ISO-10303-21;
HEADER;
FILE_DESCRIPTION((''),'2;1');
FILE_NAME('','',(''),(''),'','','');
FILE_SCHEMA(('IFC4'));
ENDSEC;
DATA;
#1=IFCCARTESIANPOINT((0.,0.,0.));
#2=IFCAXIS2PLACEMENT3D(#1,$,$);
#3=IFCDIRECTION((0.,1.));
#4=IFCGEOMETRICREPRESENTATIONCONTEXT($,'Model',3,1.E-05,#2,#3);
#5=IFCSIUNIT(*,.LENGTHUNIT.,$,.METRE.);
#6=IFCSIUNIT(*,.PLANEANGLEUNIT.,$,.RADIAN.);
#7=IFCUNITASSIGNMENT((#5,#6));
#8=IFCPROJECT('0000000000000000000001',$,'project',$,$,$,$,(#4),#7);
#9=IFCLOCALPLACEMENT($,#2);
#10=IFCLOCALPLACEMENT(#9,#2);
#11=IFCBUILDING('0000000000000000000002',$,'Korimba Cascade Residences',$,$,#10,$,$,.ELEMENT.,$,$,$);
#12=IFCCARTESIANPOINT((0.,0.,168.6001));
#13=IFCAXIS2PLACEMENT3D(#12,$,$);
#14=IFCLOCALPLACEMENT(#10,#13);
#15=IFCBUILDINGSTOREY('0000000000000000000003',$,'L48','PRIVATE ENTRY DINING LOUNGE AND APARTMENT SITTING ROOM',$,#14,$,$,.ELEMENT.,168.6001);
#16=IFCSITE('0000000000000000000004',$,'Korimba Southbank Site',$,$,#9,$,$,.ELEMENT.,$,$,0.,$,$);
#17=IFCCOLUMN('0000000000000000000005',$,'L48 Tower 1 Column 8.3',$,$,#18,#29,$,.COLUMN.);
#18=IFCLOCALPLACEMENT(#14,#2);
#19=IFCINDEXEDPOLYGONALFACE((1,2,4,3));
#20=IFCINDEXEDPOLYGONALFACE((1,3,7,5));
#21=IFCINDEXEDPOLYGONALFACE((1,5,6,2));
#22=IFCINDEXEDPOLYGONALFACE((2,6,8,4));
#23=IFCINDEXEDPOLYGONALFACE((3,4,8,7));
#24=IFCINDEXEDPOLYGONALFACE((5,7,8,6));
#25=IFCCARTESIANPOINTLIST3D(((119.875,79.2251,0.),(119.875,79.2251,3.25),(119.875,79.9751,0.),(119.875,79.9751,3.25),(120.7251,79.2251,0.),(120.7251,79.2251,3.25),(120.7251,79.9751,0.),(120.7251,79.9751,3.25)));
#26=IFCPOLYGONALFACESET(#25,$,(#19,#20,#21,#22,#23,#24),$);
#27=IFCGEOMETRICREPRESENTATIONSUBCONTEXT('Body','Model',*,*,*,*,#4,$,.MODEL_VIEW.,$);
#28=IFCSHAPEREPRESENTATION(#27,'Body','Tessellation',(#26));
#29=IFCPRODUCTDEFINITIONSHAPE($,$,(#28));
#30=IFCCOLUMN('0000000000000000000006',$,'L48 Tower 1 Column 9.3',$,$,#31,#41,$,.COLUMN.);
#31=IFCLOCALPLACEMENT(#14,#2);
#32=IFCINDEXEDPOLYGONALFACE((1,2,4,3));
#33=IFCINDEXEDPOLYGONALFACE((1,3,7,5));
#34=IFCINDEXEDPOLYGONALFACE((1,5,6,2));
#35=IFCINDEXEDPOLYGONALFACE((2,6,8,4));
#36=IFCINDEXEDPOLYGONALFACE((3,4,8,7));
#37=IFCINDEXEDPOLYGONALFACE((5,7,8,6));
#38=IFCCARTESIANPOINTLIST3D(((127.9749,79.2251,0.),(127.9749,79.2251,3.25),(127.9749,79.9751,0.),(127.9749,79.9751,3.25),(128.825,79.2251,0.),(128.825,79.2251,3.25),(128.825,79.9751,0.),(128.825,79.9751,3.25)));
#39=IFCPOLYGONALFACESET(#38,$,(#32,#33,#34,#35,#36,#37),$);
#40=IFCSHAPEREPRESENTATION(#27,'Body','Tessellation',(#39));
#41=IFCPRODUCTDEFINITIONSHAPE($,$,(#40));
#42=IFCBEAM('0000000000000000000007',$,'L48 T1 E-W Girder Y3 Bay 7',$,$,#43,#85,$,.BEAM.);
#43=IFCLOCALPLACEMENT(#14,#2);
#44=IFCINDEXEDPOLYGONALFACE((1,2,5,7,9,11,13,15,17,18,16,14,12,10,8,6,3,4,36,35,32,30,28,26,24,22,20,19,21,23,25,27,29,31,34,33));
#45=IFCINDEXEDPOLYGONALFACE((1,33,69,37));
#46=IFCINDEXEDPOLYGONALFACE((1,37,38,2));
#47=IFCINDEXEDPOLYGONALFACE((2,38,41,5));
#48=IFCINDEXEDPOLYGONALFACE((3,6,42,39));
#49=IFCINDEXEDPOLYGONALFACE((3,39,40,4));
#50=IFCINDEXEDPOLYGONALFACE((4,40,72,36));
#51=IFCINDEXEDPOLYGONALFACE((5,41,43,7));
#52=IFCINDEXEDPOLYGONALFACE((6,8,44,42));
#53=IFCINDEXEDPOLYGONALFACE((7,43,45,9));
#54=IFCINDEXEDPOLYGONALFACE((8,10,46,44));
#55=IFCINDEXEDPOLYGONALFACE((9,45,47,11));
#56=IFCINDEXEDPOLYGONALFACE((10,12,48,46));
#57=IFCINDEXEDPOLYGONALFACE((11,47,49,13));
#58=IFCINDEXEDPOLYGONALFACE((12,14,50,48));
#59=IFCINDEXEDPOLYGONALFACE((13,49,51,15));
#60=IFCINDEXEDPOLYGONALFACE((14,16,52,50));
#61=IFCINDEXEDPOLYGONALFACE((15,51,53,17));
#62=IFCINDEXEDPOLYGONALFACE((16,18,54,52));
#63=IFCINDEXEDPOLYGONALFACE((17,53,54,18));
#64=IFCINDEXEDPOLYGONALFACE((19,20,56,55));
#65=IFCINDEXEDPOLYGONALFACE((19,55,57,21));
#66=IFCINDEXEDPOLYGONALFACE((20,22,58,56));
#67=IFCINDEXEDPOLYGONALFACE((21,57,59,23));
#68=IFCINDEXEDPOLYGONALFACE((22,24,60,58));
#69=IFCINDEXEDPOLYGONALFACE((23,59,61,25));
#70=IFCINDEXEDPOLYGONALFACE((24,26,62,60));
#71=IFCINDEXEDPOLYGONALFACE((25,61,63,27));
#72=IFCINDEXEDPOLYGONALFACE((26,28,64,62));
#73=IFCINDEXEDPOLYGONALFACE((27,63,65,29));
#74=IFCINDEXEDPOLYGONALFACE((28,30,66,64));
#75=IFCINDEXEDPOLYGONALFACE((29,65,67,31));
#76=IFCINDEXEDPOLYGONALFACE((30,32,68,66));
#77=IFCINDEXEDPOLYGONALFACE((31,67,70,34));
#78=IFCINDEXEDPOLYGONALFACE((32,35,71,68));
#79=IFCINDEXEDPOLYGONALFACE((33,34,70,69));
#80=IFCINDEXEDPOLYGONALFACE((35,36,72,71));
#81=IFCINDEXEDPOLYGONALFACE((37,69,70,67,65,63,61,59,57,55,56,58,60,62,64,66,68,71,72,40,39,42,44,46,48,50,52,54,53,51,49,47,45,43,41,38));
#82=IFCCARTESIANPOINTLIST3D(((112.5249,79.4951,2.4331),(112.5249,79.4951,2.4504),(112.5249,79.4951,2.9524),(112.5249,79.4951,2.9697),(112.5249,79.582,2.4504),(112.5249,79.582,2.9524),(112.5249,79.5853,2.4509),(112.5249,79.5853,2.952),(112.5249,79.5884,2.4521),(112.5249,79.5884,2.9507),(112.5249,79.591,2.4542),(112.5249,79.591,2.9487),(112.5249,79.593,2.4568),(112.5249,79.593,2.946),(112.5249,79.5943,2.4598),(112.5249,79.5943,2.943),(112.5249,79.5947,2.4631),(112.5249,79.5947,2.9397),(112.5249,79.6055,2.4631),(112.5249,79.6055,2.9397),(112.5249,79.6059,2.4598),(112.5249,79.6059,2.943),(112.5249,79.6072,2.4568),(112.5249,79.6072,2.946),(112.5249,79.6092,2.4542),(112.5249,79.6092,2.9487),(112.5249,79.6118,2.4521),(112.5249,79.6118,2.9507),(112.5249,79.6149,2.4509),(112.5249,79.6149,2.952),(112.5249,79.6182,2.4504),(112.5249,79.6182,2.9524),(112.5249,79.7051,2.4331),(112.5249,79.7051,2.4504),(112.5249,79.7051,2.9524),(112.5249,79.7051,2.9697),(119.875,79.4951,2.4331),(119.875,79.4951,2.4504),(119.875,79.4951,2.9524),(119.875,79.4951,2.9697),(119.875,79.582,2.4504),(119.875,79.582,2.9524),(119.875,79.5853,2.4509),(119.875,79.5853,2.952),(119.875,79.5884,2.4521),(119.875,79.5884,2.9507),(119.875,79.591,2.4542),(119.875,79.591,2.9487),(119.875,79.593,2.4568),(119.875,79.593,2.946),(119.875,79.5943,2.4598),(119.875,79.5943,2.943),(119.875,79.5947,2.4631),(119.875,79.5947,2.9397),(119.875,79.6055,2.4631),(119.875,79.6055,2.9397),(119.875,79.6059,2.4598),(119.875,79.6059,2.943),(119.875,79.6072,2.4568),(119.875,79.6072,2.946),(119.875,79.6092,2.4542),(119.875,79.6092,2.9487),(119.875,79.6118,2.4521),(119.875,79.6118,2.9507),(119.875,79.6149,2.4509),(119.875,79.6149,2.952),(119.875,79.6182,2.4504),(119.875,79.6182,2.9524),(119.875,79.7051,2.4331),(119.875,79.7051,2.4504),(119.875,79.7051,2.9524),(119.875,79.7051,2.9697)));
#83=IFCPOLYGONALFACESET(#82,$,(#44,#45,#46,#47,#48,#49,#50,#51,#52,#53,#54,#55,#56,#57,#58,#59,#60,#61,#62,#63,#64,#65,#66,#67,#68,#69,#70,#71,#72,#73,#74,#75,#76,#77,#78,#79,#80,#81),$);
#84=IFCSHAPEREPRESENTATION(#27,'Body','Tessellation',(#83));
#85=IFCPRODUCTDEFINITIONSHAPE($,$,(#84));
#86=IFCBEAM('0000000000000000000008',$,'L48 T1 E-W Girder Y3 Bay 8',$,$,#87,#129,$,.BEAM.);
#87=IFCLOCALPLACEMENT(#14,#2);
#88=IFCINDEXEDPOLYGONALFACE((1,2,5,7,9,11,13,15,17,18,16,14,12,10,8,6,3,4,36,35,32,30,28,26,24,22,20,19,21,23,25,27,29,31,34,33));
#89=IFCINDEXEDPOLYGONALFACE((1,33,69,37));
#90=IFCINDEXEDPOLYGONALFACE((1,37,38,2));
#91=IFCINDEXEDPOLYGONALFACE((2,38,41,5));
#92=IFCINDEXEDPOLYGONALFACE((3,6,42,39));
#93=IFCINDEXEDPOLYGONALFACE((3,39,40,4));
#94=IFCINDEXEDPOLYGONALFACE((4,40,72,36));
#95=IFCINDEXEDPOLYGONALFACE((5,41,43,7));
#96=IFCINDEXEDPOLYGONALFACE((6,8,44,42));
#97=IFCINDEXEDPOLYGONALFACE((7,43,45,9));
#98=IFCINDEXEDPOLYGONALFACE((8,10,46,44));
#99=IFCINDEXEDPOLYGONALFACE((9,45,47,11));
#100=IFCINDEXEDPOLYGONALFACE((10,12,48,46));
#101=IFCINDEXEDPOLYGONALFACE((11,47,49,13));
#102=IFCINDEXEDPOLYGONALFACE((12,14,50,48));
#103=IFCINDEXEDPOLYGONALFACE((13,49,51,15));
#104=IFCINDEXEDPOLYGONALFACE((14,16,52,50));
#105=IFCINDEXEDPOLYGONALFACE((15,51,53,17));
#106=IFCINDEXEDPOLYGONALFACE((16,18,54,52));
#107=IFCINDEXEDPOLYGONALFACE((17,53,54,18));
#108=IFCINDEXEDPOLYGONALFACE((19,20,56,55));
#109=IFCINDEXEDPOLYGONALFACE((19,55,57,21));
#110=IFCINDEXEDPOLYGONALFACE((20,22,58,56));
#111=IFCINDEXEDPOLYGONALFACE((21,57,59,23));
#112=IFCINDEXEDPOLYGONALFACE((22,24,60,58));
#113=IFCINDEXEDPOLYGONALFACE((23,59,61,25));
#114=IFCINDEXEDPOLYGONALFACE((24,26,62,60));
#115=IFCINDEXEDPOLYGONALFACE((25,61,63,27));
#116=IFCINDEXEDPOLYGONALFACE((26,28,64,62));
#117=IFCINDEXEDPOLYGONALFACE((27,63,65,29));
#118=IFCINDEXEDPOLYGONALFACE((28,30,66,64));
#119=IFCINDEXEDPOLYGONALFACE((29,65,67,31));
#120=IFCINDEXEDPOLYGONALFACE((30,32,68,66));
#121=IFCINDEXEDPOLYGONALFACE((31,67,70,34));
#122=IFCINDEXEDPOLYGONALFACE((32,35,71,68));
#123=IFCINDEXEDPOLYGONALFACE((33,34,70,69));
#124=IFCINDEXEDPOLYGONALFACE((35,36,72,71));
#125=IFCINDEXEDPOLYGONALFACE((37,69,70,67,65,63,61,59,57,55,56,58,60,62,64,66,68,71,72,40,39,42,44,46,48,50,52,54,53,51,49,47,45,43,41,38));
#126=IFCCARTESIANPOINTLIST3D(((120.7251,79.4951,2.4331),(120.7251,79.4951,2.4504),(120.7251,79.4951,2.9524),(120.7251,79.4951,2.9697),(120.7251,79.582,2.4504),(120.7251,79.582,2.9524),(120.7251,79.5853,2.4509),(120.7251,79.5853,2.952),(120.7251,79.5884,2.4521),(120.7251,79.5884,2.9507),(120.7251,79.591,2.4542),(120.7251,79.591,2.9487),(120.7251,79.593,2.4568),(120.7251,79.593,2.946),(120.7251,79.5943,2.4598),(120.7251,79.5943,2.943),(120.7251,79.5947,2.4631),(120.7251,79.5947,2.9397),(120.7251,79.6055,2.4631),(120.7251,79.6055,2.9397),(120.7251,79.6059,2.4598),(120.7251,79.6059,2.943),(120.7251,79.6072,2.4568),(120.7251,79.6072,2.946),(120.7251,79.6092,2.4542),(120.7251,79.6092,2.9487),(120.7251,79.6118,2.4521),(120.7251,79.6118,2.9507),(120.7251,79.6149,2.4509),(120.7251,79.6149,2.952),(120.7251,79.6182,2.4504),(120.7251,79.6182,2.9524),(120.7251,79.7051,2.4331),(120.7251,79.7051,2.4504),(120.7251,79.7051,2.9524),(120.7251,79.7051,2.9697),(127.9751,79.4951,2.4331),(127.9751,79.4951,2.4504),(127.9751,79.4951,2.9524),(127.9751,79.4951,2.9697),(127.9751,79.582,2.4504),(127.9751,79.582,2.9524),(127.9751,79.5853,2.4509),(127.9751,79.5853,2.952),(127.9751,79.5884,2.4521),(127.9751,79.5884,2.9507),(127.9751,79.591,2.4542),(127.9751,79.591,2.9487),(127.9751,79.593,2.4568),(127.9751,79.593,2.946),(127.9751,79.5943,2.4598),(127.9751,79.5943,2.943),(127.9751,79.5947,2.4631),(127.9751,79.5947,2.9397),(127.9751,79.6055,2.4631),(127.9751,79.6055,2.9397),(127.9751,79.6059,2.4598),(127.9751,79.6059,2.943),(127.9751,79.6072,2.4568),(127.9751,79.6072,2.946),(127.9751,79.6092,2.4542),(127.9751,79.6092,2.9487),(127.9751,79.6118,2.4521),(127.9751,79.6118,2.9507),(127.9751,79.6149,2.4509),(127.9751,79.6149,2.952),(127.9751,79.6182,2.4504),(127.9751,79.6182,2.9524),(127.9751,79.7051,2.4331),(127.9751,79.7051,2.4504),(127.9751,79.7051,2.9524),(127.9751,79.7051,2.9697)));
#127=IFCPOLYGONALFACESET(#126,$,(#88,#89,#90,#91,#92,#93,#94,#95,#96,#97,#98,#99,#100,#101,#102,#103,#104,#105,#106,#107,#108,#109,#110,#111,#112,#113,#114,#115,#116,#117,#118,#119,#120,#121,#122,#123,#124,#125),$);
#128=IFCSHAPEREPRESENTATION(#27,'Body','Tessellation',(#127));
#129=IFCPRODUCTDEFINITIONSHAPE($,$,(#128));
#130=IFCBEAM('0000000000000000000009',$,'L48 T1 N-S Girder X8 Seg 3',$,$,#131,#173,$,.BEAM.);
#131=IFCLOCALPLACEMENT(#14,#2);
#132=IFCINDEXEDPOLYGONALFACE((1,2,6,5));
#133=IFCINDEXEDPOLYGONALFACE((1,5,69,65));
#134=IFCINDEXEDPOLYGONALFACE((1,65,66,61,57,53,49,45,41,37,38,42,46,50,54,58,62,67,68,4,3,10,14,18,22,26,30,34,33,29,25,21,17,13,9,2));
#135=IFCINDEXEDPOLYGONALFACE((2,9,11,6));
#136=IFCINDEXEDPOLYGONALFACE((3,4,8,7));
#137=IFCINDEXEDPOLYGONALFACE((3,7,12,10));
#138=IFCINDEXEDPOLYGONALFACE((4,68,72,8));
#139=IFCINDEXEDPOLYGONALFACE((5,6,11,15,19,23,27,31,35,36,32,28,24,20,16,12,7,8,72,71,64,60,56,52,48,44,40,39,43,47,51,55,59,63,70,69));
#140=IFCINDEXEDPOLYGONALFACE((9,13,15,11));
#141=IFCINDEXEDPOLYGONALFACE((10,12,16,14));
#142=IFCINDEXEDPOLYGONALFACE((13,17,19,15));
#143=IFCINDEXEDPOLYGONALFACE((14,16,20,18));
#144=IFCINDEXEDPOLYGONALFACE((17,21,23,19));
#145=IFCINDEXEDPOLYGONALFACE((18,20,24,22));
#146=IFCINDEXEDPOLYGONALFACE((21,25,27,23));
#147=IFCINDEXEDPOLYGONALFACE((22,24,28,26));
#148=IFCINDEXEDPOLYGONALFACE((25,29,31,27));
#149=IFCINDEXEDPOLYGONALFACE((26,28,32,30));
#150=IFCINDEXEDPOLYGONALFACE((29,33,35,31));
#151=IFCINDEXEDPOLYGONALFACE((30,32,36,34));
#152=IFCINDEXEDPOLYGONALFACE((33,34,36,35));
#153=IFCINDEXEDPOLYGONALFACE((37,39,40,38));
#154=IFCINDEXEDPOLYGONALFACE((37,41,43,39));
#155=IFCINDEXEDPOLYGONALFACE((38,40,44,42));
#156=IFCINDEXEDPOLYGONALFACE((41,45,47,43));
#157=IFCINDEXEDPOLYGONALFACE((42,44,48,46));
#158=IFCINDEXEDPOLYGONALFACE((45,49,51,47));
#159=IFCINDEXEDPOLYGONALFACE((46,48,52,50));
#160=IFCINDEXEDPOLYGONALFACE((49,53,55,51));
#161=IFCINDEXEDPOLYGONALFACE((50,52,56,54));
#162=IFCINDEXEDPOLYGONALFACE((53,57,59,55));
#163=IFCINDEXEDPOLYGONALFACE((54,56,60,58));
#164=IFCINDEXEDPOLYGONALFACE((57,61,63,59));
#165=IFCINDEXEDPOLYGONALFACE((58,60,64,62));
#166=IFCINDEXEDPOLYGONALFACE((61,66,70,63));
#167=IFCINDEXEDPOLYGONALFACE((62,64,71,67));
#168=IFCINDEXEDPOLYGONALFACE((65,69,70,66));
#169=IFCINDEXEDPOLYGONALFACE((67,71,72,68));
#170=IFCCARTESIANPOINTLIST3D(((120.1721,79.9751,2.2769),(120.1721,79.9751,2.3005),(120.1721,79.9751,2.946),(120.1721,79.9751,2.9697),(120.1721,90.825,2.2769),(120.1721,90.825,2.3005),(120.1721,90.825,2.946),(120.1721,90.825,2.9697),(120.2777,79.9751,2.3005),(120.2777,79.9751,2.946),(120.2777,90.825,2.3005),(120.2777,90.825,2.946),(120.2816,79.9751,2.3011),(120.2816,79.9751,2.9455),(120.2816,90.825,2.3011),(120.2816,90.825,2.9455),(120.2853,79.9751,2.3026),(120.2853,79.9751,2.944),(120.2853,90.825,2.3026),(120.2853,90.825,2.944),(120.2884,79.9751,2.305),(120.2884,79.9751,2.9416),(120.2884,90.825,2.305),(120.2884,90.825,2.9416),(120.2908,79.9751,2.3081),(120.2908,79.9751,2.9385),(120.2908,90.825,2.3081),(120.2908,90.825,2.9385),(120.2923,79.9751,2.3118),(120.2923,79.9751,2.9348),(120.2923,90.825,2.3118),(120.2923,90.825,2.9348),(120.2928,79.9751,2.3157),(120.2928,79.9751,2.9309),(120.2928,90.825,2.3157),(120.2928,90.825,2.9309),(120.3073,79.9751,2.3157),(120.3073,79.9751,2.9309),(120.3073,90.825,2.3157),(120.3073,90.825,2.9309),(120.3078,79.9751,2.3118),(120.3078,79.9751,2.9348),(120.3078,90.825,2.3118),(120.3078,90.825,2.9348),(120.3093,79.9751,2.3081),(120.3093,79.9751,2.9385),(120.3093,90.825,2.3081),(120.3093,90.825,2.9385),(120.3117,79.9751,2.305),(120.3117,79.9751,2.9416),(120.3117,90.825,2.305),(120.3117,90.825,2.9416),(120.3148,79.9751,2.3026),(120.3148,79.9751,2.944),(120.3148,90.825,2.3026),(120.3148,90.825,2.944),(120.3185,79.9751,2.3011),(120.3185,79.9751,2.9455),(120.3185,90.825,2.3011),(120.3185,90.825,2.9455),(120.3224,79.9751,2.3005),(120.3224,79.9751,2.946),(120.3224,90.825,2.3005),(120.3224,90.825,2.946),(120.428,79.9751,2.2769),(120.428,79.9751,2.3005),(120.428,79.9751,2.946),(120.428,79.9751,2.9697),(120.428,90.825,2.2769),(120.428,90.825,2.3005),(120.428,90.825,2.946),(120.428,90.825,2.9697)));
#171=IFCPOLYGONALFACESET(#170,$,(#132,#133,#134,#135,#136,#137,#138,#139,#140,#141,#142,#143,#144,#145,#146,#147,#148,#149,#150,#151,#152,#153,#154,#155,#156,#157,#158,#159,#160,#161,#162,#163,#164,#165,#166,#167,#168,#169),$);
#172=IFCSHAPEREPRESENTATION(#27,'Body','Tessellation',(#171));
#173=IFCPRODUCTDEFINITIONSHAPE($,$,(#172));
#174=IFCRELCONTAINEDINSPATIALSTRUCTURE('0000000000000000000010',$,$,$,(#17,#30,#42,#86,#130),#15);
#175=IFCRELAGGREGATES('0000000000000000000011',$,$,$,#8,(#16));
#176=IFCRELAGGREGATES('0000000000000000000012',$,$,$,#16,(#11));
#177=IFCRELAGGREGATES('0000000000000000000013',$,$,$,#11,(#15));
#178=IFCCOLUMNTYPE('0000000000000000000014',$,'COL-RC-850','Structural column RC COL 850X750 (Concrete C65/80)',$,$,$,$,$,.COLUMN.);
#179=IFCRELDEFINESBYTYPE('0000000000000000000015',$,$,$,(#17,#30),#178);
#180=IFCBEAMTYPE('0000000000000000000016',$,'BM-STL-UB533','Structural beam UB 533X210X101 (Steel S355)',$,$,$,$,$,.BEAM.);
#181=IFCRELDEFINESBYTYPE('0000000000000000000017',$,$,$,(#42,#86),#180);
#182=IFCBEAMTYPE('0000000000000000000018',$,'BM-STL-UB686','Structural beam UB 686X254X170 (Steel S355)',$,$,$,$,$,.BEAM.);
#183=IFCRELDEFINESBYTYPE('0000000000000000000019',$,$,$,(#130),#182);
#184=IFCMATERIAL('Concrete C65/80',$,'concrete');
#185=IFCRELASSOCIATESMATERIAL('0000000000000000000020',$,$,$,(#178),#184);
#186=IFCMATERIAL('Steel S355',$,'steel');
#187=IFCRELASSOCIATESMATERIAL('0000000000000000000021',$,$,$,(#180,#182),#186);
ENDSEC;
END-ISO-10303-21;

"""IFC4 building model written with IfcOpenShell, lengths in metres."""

from ifc_helpers import new_model, si_unit, direction, frame, origin, origin_2d, place, context, subcontext, project, spatial, rectangle, i_section, extrude, material, material_profile, profile_set, type_object, element, save


model = new_model("IFC4")

# Units and contexts
model_context = context("Model", 3, precision=1e-05, world=origin(), true_north=direction((0.0, 1.0)))
body_context = subcontext(model_context, "Body", "Model", "MODEL_VIEW")
ifc_project = project(units=[si_unit("LENGTHUNIT", "METRE"), si_unit("PLANEANGLEUNIT", "RADIAN")], contexts=[model_context])

# Site, building, storey
site_placement = place(None, origin())
site = spatial("IfcSite", under=ifc_project, at=site_placement, Name="Korimba Southbank Site", CompositionType="ELEMENT", RefElevation=0.0)
building_placement = place(site_placement, origin())
building = spatial("IfcBuilding", under=site, at=building_placement, Name="Korimba Cascade Residences", CompositionType="ELEMENT")
storey_placement = place(building_placement, frame((0.0, 0.0, 168.6001)))
storey = spatial("IfcBuildingStorey", under=building, at=storey_placement, Name="L48", Description="PRIVATE ENTRY DINING LOUNGE AND APARTMENT SITTING ROOM", CompositionType="ELEMENT", Elevation=168.6001)

# Columns
ifc_material_1 = material(Name="Concrete C65/80", Category="concrete")
ifc_material_profile_1 = material_profile(ifc_material_1, rectangle(XDim=0.8501, YDim=0.75, at=origin_2d()), Name="Concrete C65/80")
ifc_profile_set_1 = profile_set([ifc_material_profile_1], Name="Concrete C65/80")
column_type = type_object("IfcColumnType", Name="COL-RC-850", Description="Structural column RC COL 850X750 (Concrete C65/80)", PredefinedType="COLUMN", material=ifc_profile_set_1)
for number, where, z_axis, x_axis, name in (
    (1, (120.3, 79.6001, 0.0), (0.0, 0.0, 1.0), (1.0, 0.0, 0.0), "L48 Tower 1 Column 8.3"),
    (2, (128.3999, 79.6001, 0.0), (0.0, 0.0, 1.0), (1.0, 0.0, 0.0), "L48 Tower 1 Column 9.3"),
):
    element("IfcColumn", number, at=place(storey_placement, frame(where, z_axis=z_axis, x_axis=x_axis)), inside=storey, type_object=column_type, Name=name, PredefinedType="COLUMN", context=body_context, shape_type="SweptSolid", body=[
        extrude(rectangle(XDim=0.8501, YDim=0.75, at=origin_2d()), origin(), (0.0, 0.0, 1.0), 3.25),
    ])

# Beams
ifc_material_2 = material(Name="Steel S355", Category="steel")
ifc_material_profile_2 = material_profile(ifc_material_2, i_section(OverallWidth=0.21, OverallDepth=0.5366, WebThickness=0.0107, FlangeThickness=0.0173, FilletRadius=0.0127, at=origin_2d()), Name="Steel S355")
ifc_profile_set_2 = profile_set([ifc_material_profile_2], Name="Steel S355")
beam_type_1 = type_object("IfcBeamType", Name="BM-STL-UB533", Description="Structural beam UB 533X210X101 (Steel S355)", PredefinedType="BEAM", material=ifc_profile_set_2)
beam_1_placement = place(storey_placement, frame((112.5249, 79.6001, 2.7014), z_axis=(1.0, 0.0, 0.0), x_axis=(0.0, 1.0, 0.0)))
element("IfcBeam", 3, at=beam_1_placement, inside=storey, type_object=beam_type_1, Name="L48 T1 E-W Girder Y3 Bay 7", PredefinedType="BEAM", context=body_context, shape_type="SweptSolid", body=[
    extrude(i_section(OverallWidth=0.21, OverallDepth=0.5366, WebThickness=0.0107, FlangeThickness=0.0173, FilletRadius=0.0127, at=origin_2d()), origin(), (0.0, 0.0, 1.0), 7.3501),
])
beam_2_placement = place(storey_placement, frame((120.7251, 79.6001, 2.7014), z_axis=(1.0, 0.0, 0.0), x_axis=(0.0, 1.0, 0.0)))
element("IfcBeam", 4, at=beam_2_placement, inside=storey, type_object=beam_type_1, Name="L48 T1 E-W Girder Y3 Bay 8", PredefinedType="BEAM", context=body_context, shape_type="SweptSolid", body=[
    extrude(i_section(OverallWidth=0.21, OverallDepth=0.5366, WebThickness=0.0107, FlangeThickness=0.0173, FilletRadius=0.0127, at=origin_2d()), origin(), (0.0, 0.0, 1.0), 7.25),
])
ifc_material_profile_3 = material_profile(ifc_material_2, i_section(OverallWidth=0.2559, OverallDepth=0.6929, WebThickness=0.0144, FlangeThickness=0.0237, FilletRadius=0.0151, at=origin_2d()), Name="Steel S355")
ifc_profile_set_3 = profile_set([ifc_material_profile_3], Name="Steel S355")
beam_type_2 = type_object("IfcBeamType", Name="BM-STL-UB686", Description="Structural beam UB 686X254X170 (Steel S355)", PredefinedType="BEAM", material=ifc_profile_set_3)
for number, where, z_axis, x_axis, name in (
    (5, (120.3, 79.9751, 2.6233), (0.0, 1.0, 0.0), (-1.0, 0.0, 0.0), "L48 T1 N-S Girder X8 Seg 3"),
):
    element("IfcBeam", number, at=place(storey_placement, frame(where, z_axis=z_axis, x_axis=x_axis)), inside=storey, type_object=beam_type_2, Name=name, PredefinedType="BEAM", context=body_context, shape_type="SweptSolid", body=[
        extrude(i_section(OverallWidth=0.2559, OverallDepth=0.6929, WebThickness=0.0144, FlangeThickness=0.0237, FilletRadius=0.0151, at=origin_2d()), origin(), (0.0, 0.0, 1.0), 10.8499),
    ])

save(model, "model.ifc")
